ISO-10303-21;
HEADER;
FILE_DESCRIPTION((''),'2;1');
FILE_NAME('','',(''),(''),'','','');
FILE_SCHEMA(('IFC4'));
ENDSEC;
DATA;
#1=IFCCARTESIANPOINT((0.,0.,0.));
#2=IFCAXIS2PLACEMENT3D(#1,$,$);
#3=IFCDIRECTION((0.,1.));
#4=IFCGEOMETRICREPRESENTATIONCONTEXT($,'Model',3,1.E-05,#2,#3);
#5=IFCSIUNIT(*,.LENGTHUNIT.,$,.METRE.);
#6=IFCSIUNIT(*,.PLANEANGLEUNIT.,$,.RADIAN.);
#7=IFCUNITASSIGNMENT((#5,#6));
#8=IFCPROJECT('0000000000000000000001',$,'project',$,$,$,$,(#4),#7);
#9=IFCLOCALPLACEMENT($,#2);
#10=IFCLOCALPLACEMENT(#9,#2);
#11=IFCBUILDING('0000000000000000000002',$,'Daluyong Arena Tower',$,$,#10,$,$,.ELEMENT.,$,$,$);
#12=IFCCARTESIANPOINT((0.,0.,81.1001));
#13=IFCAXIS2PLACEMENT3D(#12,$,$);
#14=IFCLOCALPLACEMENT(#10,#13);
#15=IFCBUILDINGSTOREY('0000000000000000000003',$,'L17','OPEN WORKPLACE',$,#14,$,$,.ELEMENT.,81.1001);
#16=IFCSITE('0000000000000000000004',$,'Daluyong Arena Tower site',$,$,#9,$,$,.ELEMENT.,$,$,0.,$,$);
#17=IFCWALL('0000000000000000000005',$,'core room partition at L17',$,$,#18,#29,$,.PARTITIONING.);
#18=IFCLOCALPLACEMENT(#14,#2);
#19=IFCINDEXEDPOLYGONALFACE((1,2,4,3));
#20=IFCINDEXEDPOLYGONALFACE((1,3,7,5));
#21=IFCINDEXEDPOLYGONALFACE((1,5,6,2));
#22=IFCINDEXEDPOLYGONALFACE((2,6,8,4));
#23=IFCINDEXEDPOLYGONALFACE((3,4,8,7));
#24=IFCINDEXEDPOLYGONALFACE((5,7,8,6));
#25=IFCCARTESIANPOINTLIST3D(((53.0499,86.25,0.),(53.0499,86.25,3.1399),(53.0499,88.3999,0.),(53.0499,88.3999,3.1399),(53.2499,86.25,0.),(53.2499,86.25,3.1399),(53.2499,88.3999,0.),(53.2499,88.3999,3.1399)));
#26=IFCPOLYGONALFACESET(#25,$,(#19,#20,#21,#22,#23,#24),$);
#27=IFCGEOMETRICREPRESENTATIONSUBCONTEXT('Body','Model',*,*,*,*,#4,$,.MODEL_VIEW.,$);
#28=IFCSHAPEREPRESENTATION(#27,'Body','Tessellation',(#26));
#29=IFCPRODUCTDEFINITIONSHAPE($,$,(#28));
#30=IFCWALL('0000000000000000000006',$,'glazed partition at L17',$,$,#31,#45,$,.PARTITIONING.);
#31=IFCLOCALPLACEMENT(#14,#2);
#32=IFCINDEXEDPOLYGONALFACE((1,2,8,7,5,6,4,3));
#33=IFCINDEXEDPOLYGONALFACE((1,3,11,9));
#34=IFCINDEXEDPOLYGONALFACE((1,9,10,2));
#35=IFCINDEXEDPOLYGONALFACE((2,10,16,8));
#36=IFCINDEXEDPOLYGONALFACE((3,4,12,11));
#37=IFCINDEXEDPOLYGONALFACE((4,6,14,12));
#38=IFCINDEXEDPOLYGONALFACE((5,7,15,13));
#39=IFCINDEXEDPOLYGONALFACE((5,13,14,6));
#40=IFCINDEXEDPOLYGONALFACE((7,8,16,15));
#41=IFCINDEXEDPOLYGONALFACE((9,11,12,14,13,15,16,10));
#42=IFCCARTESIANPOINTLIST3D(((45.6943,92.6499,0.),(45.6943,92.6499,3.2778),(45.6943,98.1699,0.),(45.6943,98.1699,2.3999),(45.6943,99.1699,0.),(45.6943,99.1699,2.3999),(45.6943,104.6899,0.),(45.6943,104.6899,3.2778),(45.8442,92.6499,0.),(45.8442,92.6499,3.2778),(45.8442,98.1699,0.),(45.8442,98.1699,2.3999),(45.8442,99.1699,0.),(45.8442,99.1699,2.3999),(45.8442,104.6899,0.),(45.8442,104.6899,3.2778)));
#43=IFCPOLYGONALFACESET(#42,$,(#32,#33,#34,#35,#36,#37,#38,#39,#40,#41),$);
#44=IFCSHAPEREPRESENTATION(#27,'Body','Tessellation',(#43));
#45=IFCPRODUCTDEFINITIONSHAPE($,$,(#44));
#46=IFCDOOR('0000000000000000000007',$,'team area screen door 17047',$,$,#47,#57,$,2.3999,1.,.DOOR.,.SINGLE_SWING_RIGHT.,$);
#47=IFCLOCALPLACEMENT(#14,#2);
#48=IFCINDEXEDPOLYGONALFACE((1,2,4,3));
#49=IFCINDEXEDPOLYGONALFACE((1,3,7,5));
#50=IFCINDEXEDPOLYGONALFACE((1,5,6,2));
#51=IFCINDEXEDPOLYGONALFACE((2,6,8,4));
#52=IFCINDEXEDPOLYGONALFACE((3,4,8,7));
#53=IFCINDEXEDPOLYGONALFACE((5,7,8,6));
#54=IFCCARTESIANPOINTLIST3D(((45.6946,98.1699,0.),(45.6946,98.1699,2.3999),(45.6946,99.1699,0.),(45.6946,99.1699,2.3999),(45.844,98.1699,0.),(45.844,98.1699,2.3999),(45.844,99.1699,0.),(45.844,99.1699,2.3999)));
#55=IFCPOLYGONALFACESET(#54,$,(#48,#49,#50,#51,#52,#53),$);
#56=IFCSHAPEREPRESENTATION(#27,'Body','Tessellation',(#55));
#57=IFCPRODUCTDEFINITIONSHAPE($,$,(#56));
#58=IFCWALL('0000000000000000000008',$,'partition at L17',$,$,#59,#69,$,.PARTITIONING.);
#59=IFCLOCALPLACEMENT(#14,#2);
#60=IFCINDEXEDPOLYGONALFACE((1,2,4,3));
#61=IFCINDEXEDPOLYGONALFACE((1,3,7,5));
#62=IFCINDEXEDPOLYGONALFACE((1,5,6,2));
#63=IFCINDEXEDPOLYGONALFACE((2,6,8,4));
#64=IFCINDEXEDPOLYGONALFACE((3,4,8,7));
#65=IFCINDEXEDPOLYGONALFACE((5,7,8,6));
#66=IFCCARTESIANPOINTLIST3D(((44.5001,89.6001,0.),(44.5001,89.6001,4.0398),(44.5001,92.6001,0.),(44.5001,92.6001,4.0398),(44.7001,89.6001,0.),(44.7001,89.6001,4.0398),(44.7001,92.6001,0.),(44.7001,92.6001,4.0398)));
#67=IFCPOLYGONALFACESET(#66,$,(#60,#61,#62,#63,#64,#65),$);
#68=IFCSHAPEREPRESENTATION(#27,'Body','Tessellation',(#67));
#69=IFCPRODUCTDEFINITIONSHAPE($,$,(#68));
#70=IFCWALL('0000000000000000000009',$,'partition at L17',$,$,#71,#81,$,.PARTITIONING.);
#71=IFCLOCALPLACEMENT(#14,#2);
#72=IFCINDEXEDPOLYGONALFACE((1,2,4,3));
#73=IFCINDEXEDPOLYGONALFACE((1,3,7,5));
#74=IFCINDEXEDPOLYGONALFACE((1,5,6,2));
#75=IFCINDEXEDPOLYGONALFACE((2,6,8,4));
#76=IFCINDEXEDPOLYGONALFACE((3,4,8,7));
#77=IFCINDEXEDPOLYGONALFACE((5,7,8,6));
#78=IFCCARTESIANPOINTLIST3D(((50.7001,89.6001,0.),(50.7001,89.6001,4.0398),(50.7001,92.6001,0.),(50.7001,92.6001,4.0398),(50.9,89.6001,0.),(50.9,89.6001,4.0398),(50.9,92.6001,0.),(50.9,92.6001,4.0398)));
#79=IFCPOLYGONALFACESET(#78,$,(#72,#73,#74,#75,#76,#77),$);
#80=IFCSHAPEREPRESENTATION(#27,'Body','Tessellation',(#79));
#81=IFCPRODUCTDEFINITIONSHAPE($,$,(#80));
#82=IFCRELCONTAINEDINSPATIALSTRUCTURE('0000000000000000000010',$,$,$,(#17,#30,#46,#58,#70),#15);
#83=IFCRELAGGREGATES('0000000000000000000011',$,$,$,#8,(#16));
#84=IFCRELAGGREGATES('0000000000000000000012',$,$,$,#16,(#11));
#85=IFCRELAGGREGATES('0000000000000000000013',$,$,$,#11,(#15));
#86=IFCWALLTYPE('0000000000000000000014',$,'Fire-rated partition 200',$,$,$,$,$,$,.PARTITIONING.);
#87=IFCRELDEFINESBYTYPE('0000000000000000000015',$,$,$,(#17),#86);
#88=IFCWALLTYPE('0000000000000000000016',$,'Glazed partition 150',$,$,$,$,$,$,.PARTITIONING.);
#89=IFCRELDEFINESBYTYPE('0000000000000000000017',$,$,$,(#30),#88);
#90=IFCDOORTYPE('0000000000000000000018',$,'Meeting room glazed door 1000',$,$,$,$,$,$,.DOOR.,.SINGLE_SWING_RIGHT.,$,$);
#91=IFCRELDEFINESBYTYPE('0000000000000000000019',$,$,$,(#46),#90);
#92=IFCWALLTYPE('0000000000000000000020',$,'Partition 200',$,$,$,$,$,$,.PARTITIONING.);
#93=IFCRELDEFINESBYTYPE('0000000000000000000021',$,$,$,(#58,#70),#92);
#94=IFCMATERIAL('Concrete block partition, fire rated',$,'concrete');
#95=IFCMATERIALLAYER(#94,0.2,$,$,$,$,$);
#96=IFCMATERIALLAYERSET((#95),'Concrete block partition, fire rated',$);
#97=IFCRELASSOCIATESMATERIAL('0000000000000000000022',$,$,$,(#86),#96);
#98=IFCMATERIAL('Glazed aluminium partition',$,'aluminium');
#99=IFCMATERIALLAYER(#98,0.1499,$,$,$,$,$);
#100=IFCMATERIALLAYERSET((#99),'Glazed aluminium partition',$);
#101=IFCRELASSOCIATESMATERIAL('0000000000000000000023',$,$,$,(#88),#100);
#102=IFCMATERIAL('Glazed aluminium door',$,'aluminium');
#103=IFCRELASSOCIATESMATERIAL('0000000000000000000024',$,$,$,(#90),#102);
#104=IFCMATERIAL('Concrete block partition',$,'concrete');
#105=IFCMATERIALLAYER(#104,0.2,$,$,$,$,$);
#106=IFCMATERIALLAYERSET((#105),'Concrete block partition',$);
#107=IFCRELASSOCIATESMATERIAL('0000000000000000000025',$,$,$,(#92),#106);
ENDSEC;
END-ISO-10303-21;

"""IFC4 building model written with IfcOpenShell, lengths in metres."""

from ifc_helpers import new_model, si_unit, direction, frame, frame_2d, origin, place, context, subcontext, project, spatial, rectangle, extrude, material, layer, layer_set, type_object, element, fill, save


model = new_model("IFC4")

# Units and contexts
model_context = context("Model", 3, precision=1e-05, world=origin(), true_north=direction((0.0, 1.0)))
body_context = subcontext(model_context, "Body", "Model", "MODEL_VIEW")
ifc_project = project(units=[si_unit("LENGTHUNIT", "METRE"), si_unit("PLANEANGLEUNIT", "RADIAN")], contexts=[model_context])

# Site, building, storey
site_placement = place(None, origin())
site = spatial("IfcSite", under=ifc_project, at=site_placement, Name="Daluyong Arena Tower site", CompositionType="ELEMENT", RefElevation=0.0)
building_placement = place(site_placement, origin())
building = spatial("IfcBuilding", under=site, at=building_placement, Name="Daluyong Arena Tower", CompositionType="ELEMENT")
storey_placement = place(building_placement, frame((0.0, 0.0, 81.1001)))
storey = spatial("IfcBuildingStorey", under=building, at=storey_placement, Name="L17", Description="OPEN WORKPLACE", CompositionType="ELEMENT", Elevation=81.1001)

# Wall
ifc_material_1 = material(Name="Concrete block partition, fire rated", Category="concrete")
ifc_layer_1 = layer(ifc_material_1, 0.2)
ifc_layer_set_1 = layer_set([ifc_layer_1], Name="Concrete block partition, fire rated")
wall_type_1 = type_object("IfcWallType", Name="Fire-rated partition 200", PredefinedType="PARTITIONING", material=ifc_layer_set_1)
wall_1_placement = place(storey_placement, frame((53.1499, 86.25, 0.0), z_axis=(0.0, 0.0, 1.0), x_axis=(0.0, 1.0, 0.0)))
element("IfcWall", 1, at=wall_1_placement, inside=storey, type_object=wall_type_1, Name="core room partition at L17", PredefinedType="PARTITIONING", context=body_context, shape_type="SweptSolid", body=[
    extrude(rectangle(XDim=2.1499, YDim=0.2, at=frame_2d((1.075, 0.0))), origin(), (0.0, 0.0, 1.0), 3.1399),
])

# Wall, opening, door
ifc_material_2 = material(Name="Glazed aluminium partition", Category="aluminium")
ifc_layer_2 = layer(ifc_material_2, 0.1499)
ifc_layer_set_2 = layer_set([ifc_layer_2], Name="Glazed aluminium partition")
wall_type_2 = type_object("IfcWallType", Name="Glazed partition 150", PredefinedType="PARTITIONING", material=ifc_layer_set_2)
wall_2_placement = place(storey_placement, frame((45.7693, 92.6499, 0.0), z_axis=(0.0, 0.0, 1.0), x_axis=(0.0, 1.0, 0.0)))
wall_2 = element("IfcWall", 2, at=wall_2_placement, inside=storey, type_object=wall_type_2, Name="glazed partition at L17", PredefinedType="PARTITIONING", context=body_context, shape_type="SweptSolid", body=[
    extrude(rectangle(XDim=12.04, YDim=0.1499, at=frame_2d((6.02, 0.0))), origin(), (0.0, 0.0, 1.0), 3.2778),
])
opening_1_placement = place(wall_2_placement, frame((5.52, 0.0, 0.0)))
opening_1 = element("IfcOpeningElement", 3, at=opening_1_placement, cuts=wall_2, PredefinedType="OPENING", context=body_context, shape_type="SweptSolid", body=[
    extrude(rectangle(XDim=1.0, YDim=2.3999, at=frame_2d((0.5, 1.2))), frame((0.0, 0.085, 0.0), z_axis=(0.0, -1.0, 0.0), x_axis=(1.0, 0.0, 0.0)), (0.0, 0.0, 1.0), 0.1699),
])
ifc_material_3 = material(Name="Glazed aluminium door", Category="aluminium")
door_type_1 = type_object("IfcDoorType", Name="Meeting room glazed door 1000", OperationType="SINGLE_SWING_RIGHT", PredefinedType="DOOR", material=ifc_material_3)
door_1_placement = place(opening_1_placement, origin())
door_1 = element("IfcDoor", 4, at=door_1_placement, inside=storey, type_object=door_type_1, Name="team area screen door 17047", OperationType="SINGLE_SWING_RIGHT", OverallHeight=2.3999, OverallWidth=1.0, PredefinedType="DOOR", context=body_context, shape_type="SweptSolid", body=[
    extrude(rectangle(XDim=1.0, YDim=2.3999, at=frame_2d((0.5, 1.2))), frame((0.0, 0.0747, 0.0), z_axis=(0.0, -1.0, 0.0), x_axis=(1.0, 0.0, 0.0)), (0.0, 0.0, 1.0), 0.1494),
])
fill(opening_1, door_1)

# Walls
ifc_material_4 = material(Name="Concrete block partition", Category="concrete")
ifc_layer_3 = layer(ifc_material_4, 0.2)
ifc_layer_set_3 = layer_set([ifc_layer_3], Name="Concrete block partition")
wall_type_3 = type_object("IfcWallType", Name="Partition 200", PredefinedType="PARTITIONING", material=ifc_layer_set_3)
for number, where, z_axis, x_axis, name in (
    (5, (44.6001, 89.6001, 0.0), (0.0, 0.0, 1.0), (0.0, 1.0, 0.0), "partition at L17"),
    (6, (50.8, 89.6001, 0.0), (0.0, 0.0, 1.0), (0.0, 1.0, 0.0), "partition at L17"),
):
    element("IfcWall", number, at=place(storey_placement, frame(where, z_axis=z_axis, x_axis=x_axis)), inside=storey, type_object=wall_type_3, Name=name, PredefinedType="PARTITIONING", context=body_context, shape_type="SweptSolid", body=[
        extrude(rectangle(XDim=3.0, YDim=0.2, at=frame_2d((1.5, 0.0))), origin(), (0.0, 0.0, 1.0), 4.0398),
    ])

save(model, "model.ifc")
